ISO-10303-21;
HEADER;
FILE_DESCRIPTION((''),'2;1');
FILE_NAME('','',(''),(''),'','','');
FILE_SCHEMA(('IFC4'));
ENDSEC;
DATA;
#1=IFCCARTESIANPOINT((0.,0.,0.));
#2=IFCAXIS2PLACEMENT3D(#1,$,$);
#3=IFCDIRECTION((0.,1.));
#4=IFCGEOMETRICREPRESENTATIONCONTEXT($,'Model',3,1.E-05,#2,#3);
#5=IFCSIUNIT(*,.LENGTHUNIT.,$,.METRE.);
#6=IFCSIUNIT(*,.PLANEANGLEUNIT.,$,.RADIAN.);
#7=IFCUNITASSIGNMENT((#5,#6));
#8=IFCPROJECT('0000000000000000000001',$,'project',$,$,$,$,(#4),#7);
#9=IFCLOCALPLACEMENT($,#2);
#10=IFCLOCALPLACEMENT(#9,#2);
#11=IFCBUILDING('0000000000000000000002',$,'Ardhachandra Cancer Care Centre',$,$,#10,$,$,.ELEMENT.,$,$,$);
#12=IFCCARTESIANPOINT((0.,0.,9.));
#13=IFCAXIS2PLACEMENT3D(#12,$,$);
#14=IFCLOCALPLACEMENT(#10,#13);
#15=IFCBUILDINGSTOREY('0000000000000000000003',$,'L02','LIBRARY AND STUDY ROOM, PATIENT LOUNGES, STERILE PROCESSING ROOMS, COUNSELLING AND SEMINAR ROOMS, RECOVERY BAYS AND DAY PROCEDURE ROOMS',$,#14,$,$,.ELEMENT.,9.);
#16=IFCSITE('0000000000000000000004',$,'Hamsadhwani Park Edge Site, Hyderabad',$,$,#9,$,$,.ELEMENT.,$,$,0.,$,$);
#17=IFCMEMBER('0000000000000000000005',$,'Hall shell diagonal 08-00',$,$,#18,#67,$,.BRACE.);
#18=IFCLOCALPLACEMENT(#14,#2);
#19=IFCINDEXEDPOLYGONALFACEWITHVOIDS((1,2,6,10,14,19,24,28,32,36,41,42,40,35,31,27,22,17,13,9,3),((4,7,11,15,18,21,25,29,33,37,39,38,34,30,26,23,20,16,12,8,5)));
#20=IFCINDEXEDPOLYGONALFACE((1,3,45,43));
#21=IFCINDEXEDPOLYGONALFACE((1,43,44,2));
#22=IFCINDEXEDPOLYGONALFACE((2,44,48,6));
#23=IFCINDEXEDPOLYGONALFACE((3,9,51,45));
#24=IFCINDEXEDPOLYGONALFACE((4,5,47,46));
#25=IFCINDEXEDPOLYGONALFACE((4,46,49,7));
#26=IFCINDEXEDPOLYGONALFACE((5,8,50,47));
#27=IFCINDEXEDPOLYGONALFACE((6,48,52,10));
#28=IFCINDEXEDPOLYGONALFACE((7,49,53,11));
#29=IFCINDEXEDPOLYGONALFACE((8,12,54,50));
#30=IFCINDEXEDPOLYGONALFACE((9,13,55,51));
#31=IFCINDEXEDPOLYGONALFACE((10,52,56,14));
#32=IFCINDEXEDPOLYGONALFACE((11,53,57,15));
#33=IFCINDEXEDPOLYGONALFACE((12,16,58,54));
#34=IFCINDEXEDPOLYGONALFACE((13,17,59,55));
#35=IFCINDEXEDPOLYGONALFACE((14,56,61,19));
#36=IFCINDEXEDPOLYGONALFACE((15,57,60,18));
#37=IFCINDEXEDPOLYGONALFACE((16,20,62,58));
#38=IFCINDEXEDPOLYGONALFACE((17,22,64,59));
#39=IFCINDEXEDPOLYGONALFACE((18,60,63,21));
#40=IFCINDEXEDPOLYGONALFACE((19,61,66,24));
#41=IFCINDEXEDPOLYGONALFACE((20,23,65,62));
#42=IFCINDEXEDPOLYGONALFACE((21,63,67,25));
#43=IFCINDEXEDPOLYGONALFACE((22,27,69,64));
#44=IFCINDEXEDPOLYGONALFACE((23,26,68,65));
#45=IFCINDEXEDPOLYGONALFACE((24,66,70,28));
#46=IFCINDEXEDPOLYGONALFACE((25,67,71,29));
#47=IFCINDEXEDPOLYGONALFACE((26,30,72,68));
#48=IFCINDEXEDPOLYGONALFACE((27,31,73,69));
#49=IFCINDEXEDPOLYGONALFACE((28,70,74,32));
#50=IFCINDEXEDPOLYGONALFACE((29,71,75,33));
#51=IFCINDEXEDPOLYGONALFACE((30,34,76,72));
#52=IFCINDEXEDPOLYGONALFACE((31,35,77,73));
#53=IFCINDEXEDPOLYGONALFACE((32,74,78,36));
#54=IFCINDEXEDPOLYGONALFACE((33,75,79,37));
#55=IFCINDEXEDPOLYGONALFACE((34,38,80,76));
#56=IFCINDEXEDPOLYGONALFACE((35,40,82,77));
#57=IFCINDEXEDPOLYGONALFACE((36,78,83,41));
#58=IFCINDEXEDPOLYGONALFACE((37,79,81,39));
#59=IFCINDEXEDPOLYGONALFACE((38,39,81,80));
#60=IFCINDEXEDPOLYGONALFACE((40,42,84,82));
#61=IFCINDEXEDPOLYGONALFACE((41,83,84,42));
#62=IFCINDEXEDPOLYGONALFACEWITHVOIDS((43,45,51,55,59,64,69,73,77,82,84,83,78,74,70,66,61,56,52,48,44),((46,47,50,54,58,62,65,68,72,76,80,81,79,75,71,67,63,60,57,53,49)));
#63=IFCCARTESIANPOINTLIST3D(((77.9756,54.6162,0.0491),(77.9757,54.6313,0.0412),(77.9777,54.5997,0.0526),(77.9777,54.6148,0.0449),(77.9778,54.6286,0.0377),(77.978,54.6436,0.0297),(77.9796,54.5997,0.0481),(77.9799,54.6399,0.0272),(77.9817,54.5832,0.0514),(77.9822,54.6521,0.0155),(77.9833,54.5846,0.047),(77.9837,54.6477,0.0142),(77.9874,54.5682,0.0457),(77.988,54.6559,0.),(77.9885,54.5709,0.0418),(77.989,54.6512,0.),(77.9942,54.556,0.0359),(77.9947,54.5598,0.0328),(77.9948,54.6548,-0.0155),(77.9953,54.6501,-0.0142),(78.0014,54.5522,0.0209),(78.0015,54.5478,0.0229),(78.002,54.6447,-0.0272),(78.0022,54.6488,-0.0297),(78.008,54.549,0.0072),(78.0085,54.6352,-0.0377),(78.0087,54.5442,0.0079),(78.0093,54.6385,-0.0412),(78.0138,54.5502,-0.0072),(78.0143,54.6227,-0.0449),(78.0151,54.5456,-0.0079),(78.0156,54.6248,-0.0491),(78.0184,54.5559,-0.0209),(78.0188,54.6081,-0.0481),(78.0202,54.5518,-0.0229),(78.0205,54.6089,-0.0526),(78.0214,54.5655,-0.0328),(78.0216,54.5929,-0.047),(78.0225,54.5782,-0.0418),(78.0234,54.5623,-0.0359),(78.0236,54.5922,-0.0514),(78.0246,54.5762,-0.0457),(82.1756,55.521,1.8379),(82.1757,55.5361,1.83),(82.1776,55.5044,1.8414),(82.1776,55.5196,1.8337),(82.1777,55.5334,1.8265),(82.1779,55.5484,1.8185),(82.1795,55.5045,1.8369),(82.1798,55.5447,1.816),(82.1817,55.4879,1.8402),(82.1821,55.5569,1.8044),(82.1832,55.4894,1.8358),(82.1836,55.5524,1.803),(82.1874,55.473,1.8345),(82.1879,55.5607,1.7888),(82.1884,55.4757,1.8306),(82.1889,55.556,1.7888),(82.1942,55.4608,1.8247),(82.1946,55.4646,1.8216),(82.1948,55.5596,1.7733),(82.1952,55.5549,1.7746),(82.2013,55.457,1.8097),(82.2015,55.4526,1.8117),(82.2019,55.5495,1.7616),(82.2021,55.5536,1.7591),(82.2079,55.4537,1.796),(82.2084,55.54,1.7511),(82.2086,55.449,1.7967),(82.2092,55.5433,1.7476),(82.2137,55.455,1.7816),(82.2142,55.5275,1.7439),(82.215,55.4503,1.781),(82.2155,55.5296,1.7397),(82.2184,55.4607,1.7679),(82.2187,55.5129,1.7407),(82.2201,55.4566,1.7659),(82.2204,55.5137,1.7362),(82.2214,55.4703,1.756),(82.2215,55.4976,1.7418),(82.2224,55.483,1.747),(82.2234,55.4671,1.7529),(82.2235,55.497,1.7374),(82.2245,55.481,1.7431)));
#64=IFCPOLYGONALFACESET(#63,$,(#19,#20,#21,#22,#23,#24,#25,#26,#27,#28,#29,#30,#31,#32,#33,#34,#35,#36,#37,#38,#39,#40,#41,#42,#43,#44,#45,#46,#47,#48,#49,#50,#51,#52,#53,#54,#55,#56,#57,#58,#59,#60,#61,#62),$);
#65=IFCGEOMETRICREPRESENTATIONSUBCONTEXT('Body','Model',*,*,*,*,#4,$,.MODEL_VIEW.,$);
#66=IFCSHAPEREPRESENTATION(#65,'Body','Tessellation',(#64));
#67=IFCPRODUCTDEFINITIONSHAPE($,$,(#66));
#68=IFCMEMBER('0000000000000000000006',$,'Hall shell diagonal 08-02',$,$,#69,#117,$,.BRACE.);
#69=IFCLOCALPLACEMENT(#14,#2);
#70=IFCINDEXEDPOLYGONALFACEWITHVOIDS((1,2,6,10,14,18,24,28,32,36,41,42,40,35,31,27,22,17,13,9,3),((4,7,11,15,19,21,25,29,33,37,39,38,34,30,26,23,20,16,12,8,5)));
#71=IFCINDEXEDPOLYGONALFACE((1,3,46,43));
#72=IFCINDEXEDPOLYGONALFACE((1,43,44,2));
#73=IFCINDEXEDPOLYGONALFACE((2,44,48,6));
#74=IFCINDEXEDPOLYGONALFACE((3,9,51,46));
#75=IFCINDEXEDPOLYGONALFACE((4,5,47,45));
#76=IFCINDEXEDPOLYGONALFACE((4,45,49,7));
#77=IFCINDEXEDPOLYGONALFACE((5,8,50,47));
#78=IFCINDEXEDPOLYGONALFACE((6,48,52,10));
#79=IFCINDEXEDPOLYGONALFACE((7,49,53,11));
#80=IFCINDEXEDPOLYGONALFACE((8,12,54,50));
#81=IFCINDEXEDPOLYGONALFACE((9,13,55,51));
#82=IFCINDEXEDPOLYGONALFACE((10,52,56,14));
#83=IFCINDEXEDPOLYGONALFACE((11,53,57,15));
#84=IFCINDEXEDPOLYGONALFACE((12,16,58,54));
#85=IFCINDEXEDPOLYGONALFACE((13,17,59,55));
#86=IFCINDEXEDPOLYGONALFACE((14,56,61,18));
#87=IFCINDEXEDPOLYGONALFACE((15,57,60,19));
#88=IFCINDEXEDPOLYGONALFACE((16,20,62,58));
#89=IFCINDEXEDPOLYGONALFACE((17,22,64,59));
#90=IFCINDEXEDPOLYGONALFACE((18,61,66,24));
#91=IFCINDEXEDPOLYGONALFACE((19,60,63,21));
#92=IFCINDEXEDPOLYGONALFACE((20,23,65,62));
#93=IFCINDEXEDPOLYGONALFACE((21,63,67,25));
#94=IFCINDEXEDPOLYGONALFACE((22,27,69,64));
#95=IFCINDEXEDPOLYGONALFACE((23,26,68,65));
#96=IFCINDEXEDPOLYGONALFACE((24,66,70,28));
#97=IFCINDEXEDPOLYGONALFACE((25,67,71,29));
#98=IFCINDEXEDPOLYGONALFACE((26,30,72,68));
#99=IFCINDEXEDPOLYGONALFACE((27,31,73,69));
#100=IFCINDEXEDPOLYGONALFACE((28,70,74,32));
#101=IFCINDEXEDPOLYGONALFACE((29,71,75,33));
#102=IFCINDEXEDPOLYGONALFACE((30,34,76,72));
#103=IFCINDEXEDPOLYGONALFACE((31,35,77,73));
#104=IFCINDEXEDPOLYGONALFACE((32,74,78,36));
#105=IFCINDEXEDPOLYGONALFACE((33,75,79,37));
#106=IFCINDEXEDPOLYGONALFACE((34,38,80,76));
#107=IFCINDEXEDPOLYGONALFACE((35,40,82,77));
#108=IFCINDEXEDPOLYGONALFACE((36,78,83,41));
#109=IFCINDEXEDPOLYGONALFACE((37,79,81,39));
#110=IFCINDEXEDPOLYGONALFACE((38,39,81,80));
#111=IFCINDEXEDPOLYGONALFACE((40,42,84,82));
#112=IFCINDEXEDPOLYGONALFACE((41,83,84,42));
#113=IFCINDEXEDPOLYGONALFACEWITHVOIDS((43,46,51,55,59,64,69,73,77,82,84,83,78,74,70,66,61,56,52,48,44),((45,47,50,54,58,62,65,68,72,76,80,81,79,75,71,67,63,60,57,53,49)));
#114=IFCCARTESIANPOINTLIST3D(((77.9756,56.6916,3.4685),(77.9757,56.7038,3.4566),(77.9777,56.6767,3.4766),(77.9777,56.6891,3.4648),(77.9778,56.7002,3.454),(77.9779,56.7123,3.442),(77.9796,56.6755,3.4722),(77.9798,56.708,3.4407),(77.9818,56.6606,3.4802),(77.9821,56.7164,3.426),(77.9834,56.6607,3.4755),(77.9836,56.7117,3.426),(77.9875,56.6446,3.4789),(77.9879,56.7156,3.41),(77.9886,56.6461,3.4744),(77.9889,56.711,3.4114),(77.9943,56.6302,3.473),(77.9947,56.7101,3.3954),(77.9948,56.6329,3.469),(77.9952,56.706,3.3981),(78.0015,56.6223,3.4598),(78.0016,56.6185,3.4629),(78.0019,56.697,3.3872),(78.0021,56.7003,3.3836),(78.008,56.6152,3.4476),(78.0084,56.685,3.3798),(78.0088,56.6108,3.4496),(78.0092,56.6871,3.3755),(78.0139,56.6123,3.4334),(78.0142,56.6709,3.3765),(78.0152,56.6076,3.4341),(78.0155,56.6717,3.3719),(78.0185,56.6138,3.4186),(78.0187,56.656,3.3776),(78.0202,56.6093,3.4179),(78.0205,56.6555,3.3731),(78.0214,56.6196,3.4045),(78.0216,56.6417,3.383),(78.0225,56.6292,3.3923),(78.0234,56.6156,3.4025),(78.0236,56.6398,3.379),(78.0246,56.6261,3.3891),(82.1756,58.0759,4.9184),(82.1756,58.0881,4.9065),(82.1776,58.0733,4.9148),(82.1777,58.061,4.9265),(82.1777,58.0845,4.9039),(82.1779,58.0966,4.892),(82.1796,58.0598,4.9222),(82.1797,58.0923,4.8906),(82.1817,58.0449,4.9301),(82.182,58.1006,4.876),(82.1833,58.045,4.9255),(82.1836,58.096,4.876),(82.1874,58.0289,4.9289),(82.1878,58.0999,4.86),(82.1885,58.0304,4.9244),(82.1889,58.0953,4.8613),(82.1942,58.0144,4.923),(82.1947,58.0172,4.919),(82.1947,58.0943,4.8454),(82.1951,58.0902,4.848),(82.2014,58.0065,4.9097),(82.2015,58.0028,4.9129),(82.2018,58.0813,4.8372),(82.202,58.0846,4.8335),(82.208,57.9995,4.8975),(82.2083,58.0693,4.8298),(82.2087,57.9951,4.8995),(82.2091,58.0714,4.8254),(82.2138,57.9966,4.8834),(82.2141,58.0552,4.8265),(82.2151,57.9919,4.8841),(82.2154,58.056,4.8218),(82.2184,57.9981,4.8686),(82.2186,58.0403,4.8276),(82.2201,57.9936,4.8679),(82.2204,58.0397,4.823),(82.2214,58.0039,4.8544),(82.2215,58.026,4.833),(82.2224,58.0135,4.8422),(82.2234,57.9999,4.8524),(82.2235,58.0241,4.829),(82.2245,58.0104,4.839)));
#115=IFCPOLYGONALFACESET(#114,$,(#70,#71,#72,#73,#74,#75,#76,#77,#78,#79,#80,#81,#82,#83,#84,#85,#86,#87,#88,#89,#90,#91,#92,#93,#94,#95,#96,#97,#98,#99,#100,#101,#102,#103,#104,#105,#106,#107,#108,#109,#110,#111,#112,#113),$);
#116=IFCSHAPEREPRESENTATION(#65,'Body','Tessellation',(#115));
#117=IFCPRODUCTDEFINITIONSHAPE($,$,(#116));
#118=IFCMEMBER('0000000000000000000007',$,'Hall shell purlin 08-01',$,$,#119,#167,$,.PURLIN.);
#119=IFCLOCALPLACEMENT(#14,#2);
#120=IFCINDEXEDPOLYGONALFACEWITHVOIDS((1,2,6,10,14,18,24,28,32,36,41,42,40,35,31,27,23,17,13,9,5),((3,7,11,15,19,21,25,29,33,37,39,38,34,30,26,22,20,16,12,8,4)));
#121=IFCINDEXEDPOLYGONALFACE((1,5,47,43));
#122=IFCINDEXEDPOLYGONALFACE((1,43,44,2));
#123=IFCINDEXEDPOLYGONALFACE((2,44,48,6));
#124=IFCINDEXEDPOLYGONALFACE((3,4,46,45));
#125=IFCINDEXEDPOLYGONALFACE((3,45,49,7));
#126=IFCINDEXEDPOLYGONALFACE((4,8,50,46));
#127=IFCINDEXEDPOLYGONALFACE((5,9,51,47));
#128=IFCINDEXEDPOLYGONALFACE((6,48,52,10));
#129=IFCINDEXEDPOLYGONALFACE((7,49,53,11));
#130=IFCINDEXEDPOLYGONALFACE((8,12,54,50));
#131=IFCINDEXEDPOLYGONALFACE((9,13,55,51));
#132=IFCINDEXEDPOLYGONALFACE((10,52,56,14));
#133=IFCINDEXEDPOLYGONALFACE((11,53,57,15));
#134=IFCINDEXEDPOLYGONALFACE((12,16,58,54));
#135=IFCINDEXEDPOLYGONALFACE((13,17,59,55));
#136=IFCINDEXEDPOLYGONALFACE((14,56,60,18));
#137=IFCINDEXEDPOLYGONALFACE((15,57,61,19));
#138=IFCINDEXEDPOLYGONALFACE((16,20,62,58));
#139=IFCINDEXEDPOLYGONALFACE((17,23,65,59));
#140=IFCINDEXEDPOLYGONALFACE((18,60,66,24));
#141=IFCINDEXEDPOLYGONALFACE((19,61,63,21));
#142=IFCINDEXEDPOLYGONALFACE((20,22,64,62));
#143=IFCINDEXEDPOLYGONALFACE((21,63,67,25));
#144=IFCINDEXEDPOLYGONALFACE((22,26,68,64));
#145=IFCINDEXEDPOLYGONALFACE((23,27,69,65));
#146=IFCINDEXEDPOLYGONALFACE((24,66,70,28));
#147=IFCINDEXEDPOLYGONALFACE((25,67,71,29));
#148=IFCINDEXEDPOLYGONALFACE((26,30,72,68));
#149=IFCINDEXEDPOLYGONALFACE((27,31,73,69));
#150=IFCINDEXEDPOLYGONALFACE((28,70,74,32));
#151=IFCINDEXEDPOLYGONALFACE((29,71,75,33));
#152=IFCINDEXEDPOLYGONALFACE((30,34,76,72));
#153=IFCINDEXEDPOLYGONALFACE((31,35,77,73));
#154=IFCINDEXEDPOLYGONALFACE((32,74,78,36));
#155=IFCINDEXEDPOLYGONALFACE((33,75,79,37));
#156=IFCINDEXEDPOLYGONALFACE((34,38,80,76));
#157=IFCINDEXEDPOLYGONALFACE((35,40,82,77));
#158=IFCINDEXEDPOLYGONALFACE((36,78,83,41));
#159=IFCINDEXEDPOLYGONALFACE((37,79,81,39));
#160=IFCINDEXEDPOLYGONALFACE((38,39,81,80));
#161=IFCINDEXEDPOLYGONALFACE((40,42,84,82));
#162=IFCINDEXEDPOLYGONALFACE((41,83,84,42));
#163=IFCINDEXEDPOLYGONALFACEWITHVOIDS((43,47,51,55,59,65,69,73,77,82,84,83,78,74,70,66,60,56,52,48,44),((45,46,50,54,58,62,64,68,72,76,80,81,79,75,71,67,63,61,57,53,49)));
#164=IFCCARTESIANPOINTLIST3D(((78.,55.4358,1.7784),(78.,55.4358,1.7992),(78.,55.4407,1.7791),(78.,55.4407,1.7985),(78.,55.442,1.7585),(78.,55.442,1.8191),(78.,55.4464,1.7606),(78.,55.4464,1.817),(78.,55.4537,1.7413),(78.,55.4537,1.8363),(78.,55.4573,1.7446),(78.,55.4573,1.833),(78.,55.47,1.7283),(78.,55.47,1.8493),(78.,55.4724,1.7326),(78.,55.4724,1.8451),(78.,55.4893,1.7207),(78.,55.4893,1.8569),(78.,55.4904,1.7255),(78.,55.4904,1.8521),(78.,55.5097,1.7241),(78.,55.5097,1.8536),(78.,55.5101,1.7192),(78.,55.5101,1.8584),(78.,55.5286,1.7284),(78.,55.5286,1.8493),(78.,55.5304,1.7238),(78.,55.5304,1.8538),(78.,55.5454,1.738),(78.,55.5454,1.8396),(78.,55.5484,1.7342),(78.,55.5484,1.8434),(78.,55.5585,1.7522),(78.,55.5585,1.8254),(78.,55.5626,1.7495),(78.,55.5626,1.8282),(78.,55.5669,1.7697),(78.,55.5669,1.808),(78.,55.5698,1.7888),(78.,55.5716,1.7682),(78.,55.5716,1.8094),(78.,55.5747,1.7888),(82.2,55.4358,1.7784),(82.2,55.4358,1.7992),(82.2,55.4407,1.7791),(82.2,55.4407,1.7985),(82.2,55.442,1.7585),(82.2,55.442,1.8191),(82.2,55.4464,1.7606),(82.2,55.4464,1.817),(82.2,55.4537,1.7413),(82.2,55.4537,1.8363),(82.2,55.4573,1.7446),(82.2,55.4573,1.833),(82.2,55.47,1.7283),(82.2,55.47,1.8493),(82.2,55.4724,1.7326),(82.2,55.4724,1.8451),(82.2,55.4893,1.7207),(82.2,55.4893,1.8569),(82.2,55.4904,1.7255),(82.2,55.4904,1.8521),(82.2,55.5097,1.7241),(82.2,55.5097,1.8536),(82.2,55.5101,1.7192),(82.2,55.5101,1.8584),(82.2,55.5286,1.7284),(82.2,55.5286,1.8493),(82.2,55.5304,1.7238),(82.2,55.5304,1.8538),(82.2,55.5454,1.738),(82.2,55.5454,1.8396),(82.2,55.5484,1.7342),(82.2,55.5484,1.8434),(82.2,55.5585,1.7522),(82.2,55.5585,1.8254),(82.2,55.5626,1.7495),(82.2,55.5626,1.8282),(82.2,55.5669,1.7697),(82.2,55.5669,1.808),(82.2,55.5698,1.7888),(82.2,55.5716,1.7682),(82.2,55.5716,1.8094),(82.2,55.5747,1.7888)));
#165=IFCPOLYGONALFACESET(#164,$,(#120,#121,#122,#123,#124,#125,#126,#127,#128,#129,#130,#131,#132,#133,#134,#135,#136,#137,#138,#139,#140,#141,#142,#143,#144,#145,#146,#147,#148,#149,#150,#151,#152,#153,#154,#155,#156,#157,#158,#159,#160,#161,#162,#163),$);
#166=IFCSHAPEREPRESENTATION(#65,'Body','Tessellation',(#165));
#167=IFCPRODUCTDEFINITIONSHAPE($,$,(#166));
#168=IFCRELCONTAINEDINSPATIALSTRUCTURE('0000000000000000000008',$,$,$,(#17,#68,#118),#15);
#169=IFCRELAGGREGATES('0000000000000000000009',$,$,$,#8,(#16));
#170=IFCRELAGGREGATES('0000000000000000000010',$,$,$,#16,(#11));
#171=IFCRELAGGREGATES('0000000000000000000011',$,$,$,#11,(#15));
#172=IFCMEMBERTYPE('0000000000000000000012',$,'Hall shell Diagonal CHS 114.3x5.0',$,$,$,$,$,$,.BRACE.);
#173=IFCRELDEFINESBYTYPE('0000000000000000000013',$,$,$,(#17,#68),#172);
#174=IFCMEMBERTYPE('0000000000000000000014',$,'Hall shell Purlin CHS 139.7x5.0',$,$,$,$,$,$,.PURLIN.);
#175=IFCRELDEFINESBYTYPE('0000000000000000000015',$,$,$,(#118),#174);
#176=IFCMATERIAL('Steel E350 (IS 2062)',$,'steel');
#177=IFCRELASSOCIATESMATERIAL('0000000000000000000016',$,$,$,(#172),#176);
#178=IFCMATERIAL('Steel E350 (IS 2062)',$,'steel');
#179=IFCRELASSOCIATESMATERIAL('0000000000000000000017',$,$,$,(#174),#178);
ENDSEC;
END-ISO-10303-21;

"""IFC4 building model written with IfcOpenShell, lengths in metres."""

from ifc_helpers import new_model, si_unit, direction, frame, origin, origin_2d, place, context, subcontext, project, spatial, hollow_circle, extrude, material, material_profile, profile_set, type_object, element, save


model = new_model("IFC4")

# Units and contexts
model_context = context("Model", 3, precision=1e-05, world=origin(), true_north=direction((0.0, 1.0)))
body_context = subcontext(model_context, "Body", "Model", "MODEL_VIEW")
ifc_project = project(units=[si_unit("LENGTHUNIT", "METRE"), si_unit("PLANEANGLEUNIT", "RADIAN")], contexts=[model_context])

# Site, building, storey
site_placement = place(None, origin())
site = spatial("IfcSite", under=ifc_project, at=site_placement, Name="Hamsadhwani Park Edge Site, Hyderabad", CompositionType="ELEMENT", RefElevation=0.0)
building_placement = place(site_placement, origin())
building = spatial("IfcBuilding", under=site, at=building_placement, Name="Ardhachandra Cancer Care Centre", CompositionType="ELEMENT")
storey_placement = place(building_placement, frame((0.0, 0.0, 9.0)))
storey = spatial("IfcBuildingStorey", under=building, at=storey_placement, Name="L02", Description="LIBRARY AND STUDY ROOM, PATIENT LOUNGES, STERILE PROCESSING ROOMS, COUNSELLING AND SEMINAR ROOMS, RECOVERY BAYS AND DAY PROCEDURE ROOMS", CompositionType="ELEMENT", Elevation=9.0)

# Members
ifc_material_1 = material(Name="Steel E350 (IS 2062)", Category="steel")
ifc_material_profile_1 = material_profile(ifc_material_1, hollow_circle(Radius=0.0571, WallThickness=0.0049, at=origin_2d()), Name="CHS 114.3x5.0")
ifc_profile_set_1 = profile_set([ifc_material_profile_1], Name="Steel E350 (IS 2062)")
member_type_1 = type_object("IfcMemberType", Name="Hall shell Diagonal CHS 114.3x5.0", PredefinedType="BRACE", material=ifc_profile_set_1)
for number, where, z_axis, x_axis, name in (
    (1, (78.0, 54.6001, 0.0), (0.902473, 0.194417, 0.384376), (-0.210596, 0.977573, 0.0), "Hall shell diagonal 08-00"),
    (2, (78.0, 56.6621, 3.426), (0.902471, 0.297449, 0.311561), (-0.313029, 0.949743, 0.0), "Hall shell diagonal 08-02"),
):
    element("IfcMember", number, at=place(storey_placement, frame(where, z_axis=z_axis, x_axis=x_axis)), inside=storey, type_object=member_type_1, Name=name, PredefinedType="BRACE", context=body_context, shape_type="SweptSolid", body=[
        extrude(hollow_circle(Radius=0.0571, WallThickness=0.0049, at=origin_2d()), origin(), (0.0, 0.0, 1.0), 4.6538),
    ])
ifc_material_2 = material(Name="Steel E350 (IS 2062)", Category="steel")
ifc_material_profile_2 = material_profile(ifc_material_2, hollow_circle(Radius=0.0698, WallThickness=0.0049, at=origin_2d()), Name="CHS 139.7x5.0")
ifc_profile_set_2 = profile_set([ifc_material_profile_2], Name="Steel E350 (IS 2062)")
member_type_2 = type_object("IfcMemberType", Name="Hall shell Purlin CHS 139.7x5.0", PredefinedType="PURLIN", material=ifc_profile_set_2)
for number, where, z_axis, x_axis, name in (
    (3, (78.0, 55.5049, 1.7888), (1.0, 0.0, 0.0), (0.0, 1.0, 0.0), "Hall shell purlin 08-01"),
):
    element("IfcMember", number, at=place(storey_placement, frame(where, z_axis=z_axis, x_axis=x_axis)), inside=storey, type_object=member_type_2, Name=name, PredefinedType="PURLIN", context=body_context, shape_type="SweptSolid", body=[
        extrude(hollow_circle(Radius=0.0698, WallThickness=0.0049, at=origin_2d()), origin(), (0.0, 0.0, 1.0), 4.2),
    ])

save(model, "model.ifc")
